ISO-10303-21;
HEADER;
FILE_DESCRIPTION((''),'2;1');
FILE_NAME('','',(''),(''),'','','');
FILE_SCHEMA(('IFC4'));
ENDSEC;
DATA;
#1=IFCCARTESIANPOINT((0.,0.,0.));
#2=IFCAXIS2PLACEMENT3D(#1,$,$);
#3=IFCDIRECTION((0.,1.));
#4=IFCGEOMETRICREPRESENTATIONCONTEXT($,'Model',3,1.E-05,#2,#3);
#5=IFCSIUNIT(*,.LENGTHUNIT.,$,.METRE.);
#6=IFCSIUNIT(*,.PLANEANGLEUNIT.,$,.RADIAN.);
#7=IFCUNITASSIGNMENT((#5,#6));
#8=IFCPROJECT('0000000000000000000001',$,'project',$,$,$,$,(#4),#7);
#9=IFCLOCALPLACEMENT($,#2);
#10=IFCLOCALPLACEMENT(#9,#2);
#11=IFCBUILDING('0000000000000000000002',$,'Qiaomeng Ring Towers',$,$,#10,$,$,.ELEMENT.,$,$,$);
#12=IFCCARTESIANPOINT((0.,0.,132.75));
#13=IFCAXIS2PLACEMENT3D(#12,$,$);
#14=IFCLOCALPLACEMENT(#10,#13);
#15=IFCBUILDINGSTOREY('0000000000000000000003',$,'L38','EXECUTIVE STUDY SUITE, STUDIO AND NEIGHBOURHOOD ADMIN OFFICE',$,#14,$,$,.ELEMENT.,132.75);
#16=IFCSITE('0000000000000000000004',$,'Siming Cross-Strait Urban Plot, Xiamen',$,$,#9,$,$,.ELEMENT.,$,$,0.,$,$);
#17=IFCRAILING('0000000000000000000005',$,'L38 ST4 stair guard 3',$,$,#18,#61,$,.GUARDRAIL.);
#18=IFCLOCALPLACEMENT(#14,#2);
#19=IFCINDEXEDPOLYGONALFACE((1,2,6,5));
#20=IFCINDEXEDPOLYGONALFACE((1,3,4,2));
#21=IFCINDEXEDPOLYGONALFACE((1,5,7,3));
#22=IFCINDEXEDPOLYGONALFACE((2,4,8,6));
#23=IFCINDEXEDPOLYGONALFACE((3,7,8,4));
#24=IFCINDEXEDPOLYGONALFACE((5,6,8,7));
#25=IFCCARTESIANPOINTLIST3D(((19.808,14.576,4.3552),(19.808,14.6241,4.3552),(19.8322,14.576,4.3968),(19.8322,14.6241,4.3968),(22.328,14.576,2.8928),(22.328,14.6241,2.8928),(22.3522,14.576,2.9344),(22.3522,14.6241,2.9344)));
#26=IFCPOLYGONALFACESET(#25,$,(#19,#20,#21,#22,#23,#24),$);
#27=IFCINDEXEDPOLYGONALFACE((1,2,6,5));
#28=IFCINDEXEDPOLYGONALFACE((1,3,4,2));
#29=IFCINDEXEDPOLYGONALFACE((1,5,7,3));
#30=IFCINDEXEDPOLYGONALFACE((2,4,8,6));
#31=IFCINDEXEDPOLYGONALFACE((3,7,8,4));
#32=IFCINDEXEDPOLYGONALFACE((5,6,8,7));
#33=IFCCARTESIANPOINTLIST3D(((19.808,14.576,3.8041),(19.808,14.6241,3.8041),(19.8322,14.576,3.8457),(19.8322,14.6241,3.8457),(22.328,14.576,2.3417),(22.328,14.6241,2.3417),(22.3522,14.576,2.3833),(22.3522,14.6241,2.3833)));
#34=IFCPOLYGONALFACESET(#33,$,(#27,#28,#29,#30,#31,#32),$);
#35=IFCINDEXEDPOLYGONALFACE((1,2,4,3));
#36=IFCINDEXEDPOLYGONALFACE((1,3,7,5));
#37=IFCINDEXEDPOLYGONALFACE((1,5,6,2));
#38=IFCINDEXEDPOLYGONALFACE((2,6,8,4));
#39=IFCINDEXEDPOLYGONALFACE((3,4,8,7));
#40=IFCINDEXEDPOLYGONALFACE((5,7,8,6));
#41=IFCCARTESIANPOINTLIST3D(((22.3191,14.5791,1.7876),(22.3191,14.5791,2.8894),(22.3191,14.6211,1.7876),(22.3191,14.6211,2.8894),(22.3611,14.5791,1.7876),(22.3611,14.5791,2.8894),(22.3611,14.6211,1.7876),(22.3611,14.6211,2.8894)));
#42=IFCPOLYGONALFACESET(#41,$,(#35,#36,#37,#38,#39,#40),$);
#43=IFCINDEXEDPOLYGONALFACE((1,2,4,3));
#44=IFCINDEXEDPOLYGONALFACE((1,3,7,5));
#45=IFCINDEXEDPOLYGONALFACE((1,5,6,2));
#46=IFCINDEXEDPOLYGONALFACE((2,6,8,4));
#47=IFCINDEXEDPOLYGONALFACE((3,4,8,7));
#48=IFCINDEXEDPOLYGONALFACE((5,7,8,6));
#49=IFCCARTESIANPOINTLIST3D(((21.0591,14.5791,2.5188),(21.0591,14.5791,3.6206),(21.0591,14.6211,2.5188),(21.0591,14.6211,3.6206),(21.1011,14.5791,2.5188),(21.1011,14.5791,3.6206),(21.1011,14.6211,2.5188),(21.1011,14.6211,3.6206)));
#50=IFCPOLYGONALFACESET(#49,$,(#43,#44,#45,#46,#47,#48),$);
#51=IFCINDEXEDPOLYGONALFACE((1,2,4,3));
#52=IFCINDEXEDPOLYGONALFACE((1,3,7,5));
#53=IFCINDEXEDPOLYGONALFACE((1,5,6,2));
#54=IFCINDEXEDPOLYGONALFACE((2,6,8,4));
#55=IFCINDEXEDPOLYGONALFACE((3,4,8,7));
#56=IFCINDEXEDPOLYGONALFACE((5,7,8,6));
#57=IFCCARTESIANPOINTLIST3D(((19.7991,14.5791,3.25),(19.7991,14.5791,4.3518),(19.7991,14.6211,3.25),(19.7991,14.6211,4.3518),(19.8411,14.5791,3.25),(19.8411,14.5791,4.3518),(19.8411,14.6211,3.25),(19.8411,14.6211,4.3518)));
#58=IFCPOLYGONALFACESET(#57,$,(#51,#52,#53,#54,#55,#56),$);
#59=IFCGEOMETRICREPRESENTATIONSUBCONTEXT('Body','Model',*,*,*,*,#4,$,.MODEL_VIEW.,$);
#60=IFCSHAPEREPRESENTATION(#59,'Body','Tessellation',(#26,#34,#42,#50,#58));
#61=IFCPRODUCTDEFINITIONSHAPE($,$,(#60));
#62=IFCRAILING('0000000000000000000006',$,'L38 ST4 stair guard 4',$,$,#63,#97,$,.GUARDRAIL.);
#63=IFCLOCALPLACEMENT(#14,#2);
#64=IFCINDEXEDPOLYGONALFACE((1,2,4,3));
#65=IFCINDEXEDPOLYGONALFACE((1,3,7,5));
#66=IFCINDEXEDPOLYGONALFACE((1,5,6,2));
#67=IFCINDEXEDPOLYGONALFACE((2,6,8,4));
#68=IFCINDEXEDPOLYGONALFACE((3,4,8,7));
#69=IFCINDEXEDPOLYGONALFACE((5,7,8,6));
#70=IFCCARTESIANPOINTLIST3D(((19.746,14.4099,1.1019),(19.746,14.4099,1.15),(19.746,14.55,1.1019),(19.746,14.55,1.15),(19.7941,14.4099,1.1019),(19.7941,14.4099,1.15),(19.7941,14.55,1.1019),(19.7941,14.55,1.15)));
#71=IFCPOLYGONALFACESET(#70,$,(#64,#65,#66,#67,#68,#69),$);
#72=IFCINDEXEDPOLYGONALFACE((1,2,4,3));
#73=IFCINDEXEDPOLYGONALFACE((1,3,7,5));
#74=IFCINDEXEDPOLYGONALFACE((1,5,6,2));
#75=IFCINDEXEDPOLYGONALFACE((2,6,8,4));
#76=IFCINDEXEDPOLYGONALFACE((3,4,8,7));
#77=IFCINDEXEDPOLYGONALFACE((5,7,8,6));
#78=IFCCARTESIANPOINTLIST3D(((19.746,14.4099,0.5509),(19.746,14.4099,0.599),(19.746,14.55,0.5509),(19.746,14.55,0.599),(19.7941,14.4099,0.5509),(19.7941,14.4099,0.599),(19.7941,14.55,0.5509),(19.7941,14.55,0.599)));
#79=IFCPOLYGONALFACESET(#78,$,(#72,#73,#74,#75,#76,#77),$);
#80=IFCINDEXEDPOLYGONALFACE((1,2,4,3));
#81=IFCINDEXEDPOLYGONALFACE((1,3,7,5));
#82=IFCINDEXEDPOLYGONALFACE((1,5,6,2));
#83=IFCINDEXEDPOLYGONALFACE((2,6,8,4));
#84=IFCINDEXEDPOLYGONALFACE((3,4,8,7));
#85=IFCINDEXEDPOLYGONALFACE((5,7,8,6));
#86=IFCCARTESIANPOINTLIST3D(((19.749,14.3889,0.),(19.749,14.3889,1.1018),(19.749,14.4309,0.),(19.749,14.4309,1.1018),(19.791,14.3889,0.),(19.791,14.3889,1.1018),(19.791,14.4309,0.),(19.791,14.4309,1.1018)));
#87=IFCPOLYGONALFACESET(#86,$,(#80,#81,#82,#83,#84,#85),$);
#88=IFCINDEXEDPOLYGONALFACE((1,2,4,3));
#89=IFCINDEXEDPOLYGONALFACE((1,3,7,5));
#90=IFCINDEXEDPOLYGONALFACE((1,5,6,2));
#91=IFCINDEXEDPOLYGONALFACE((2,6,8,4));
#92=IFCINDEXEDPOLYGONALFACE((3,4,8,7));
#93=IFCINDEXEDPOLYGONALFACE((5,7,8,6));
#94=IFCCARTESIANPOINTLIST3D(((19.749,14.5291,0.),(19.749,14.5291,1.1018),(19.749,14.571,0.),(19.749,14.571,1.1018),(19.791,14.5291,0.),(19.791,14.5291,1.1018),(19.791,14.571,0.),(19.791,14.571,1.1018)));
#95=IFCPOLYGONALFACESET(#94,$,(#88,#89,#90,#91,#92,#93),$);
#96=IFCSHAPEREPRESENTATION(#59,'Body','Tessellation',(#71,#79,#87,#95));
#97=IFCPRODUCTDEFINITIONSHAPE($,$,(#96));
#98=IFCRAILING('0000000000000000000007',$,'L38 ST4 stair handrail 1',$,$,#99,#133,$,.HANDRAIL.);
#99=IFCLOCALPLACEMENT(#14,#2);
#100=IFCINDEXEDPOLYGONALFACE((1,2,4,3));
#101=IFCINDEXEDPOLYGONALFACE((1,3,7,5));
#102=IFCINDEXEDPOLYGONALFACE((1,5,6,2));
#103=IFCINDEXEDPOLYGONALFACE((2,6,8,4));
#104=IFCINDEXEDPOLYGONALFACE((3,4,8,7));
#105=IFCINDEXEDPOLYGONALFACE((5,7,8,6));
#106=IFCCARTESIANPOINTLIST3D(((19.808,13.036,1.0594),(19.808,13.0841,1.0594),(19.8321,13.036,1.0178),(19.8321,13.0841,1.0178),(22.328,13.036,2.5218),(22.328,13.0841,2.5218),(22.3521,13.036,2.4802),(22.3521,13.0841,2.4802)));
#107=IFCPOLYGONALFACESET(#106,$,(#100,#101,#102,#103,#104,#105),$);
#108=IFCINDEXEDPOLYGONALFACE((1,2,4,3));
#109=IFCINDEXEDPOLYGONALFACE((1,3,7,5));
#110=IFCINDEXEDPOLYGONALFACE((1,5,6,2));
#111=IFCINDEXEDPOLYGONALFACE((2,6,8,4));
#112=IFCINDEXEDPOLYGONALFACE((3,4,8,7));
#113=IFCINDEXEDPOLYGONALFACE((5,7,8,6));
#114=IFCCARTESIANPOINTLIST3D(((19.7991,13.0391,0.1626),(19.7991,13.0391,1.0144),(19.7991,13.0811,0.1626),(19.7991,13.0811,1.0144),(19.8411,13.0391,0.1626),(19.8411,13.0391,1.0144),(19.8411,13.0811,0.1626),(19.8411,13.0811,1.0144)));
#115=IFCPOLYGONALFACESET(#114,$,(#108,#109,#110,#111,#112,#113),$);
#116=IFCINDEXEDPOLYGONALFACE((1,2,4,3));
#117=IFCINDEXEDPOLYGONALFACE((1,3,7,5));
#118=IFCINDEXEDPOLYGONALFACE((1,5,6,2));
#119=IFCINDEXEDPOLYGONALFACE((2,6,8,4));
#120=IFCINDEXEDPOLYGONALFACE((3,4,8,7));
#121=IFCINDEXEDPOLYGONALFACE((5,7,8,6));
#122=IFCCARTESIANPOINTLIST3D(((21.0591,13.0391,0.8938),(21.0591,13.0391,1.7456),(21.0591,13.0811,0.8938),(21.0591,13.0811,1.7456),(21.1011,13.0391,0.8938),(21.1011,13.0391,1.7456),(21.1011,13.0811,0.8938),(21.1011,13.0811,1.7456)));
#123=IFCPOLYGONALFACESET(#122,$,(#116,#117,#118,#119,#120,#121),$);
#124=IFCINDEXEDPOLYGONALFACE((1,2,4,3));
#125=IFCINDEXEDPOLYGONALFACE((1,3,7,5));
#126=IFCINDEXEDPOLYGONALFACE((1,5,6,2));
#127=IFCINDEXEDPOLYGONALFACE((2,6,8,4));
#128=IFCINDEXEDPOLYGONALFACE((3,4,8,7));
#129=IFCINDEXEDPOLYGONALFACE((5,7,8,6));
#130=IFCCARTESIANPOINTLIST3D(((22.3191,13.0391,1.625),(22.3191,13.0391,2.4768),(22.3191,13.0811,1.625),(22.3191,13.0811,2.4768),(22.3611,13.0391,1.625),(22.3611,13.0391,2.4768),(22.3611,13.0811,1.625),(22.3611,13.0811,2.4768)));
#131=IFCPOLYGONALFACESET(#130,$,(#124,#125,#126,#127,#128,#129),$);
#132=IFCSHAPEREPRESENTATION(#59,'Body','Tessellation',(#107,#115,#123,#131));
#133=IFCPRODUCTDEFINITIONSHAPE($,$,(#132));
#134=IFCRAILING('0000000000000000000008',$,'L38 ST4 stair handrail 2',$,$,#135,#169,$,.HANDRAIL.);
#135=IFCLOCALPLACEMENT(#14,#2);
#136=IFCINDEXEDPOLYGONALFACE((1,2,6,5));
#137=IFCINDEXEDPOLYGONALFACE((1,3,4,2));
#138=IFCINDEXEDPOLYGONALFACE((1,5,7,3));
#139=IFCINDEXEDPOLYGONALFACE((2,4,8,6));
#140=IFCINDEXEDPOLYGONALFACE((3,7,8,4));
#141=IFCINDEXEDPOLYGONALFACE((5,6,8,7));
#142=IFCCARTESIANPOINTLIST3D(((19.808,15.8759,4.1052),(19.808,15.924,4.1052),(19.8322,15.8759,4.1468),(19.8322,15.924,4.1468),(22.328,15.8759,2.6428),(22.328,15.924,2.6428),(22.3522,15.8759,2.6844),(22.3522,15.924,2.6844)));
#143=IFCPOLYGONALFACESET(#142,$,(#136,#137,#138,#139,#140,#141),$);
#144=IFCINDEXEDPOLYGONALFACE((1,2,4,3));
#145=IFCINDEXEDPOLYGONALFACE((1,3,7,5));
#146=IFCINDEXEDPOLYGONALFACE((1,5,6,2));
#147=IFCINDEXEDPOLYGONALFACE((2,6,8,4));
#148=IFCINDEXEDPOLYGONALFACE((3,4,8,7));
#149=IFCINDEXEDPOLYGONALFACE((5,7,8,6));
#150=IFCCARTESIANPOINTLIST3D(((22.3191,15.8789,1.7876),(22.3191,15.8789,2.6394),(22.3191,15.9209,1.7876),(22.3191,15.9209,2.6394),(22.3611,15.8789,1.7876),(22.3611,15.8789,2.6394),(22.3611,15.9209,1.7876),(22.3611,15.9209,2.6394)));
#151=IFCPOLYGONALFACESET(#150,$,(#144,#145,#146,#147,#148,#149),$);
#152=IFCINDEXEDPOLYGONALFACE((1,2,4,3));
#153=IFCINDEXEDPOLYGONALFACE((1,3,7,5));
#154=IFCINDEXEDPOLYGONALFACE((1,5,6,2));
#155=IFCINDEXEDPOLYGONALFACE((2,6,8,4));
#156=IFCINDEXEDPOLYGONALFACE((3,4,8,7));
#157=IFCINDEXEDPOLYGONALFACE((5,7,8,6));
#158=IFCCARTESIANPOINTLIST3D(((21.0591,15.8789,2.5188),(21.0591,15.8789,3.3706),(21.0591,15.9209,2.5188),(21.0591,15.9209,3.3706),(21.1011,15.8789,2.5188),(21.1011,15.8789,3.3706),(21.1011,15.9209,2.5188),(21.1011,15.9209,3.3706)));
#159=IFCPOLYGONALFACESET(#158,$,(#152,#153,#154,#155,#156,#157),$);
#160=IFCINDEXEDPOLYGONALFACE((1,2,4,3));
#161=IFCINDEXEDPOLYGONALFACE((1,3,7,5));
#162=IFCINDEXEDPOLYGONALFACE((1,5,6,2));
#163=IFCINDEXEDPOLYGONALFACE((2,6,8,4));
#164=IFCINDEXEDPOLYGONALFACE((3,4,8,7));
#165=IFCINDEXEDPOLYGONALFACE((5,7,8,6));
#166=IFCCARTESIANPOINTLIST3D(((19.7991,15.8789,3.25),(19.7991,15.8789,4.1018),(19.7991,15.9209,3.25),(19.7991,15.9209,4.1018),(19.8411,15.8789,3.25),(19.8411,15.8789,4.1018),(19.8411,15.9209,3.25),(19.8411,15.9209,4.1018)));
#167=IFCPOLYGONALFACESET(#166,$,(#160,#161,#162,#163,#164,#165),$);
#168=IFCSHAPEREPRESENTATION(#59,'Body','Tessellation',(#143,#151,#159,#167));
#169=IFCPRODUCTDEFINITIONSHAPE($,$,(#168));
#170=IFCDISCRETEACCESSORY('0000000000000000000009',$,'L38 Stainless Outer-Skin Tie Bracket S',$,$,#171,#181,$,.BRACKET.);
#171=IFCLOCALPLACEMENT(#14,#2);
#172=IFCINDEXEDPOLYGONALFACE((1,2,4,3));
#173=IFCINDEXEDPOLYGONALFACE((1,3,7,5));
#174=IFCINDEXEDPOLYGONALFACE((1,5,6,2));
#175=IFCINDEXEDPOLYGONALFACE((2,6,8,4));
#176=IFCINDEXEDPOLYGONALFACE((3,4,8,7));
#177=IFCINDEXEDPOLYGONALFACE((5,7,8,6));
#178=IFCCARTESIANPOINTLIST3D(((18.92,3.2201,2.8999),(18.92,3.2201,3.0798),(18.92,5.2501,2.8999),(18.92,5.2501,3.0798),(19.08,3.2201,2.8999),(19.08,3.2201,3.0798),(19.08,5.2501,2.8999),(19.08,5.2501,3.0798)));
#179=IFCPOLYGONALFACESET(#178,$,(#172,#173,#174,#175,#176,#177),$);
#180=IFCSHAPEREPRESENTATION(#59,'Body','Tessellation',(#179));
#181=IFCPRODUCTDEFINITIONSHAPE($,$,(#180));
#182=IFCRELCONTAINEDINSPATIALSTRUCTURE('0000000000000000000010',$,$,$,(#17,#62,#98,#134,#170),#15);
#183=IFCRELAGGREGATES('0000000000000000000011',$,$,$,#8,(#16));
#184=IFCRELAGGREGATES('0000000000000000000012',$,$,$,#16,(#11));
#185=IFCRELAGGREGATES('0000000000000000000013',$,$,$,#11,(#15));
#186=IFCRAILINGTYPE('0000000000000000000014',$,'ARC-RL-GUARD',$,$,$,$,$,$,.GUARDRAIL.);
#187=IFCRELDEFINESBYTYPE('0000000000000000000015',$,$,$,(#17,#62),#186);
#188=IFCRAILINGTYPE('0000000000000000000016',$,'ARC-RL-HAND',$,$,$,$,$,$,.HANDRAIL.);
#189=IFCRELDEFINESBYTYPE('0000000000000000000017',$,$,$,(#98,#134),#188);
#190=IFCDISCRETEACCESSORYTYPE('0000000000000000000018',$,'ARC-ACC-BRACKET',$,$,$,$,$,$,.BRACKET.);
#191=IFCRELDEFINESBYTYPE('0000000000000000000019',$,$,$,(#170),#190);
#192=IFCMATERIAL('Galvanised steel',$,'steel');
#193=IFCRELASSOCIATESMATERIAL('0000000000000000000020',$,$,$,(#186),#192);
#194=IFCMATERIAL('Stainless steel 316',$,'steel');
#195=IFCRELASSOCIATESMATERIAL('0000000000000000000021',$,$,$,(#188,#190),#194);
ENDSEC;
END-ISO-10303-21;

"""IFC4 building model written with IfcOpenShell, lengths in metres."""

from ifc_helpers import new_model, si_unit, direction, frame, origin, origin_2d, place, context, subcontext, project, spatial, rectangle, extrude, source, transform, mapped, material, type_object, element, save


model = new_model("IFC4")

# Units and contexts
model_context = context("Model", 3, precision=1e-05, world=origin(), true_north=direction((0.0, 1.0)))
body_context = subcontext(model_context, "Body", "Model", "MODEL_VIEW")
ifc_project = project(units=[si_unit("LENGTHUNIT", "METRE"), si_unit("PLANEANGLEUNIT", "RADIAN")], contexts=[model_context])

# Site, building, storey
site_placement = place(None, origin())
site = spatial("IfcSite", under=ifc_project, at=site_placement, Name="Siming Cross-Strait Urban Plot, Xiamen", CompositionType="ELEMENT", RefElevation=0.0)
building_placement = place(site_placement, origin())
building = spatial("IfcBuilding", under=site, at=building_placement, Name="Qiaomeng Ring Towers", CompositionType="ELEMENT")
storey_placement = place(building_placement, frame((0.0, 0.0, 132.75)))
storey = spatial("IfcBuildingStorey", under=building, at=storey_placement, Name="L38", Description="EXECUTIVE STUDY SUITE, STUDIO AND NEIGHBOURHOOD ADMIN OFFICE", CompositionType="ELEMENT", Elevation=132.75)

# Shared definitions
ifc_material_1 = material(Name="Galvanised steel", Category="steel")

# Railings
railing_type_1 = type_object("IfcRailingType", Name="ARC-RL-GUARD", PredefinedType="GUARDRAIL", material=ifc_material_1)
railing_1_placement = place(storey_placement, frame((22.3401, 14.6001, 1.7876)))
element("IfcRailing", 1, at=railing_1_placement, inside=storey, type_object=railing_type_1, Name="L38 ST4 stair guard 3", PredefinedType="GUARDRAIL", context=body_context, shape_type="SweptSolid", body=[
    extrude(rectangle(XDim=0.0481, YDim=0.0481, at=origin_2d()), frame((0.0, 0.0, 1.126), z_axis=(-0.864913, 0.0, 0.501921), x_axis=(0.0, -1.0, 0.0)), (0.0, 0.0, 1.0), 2.9136),
    extrude(rectangle(XDim=0.0481, YDim=0.0481, at=origin_2d()), frame((0.0, 0.0, 0.575), z_axis=(-0.864913, 0.0, 0.501921), x_axis=(0.0, -1.0, 0.0)), (0.0, 0.0, 1.0), 2.9136),
    extrude(rectangle(XDim=0.042, YDim=0.042, at=origin_2d()), origin(), (0.0, 0.0, 1.0), 1.1018),
    extrude(rectangle(XDim=0.042, YDim=0.042, at=origin_2d()), frame((-1.26, 0.0, 0.7312)), (0.0, 0.0, 1.0), 1.1018),
    extrude(rectangle(XDim=0.042, YDim=0.042, at=origin_2d()), frame((-2.52, 0.0, 1.4624)), (0.0, 0.0, 1.0), 1.1018),
])
railing_2_placement = place(storey_placement, frame((19.77, 14.4099, 0.0)))
element("IfcRailing", 2, at=railing_2_placement, inside=storey, type_object=railing_type_1, Name="L38 ST4 stair guard 4", PredefinedType="GUARDRAIL", context=body_context, shape_type="SweptSolid", body=[
    extrude(rectangle(XDim=0.0481, YDim=0.0481, at=origin_2d()), frame((0.0, 0.0, 1.126), z_axis=(0.0, 1.0, 0.0), x_axis=(-1.0, 0.0, 0.0)), (0.0, 0.0, 1.0), 0.1401),
    extrude(rectangle(XDim=0.0481, YDim=0.0481, at=origin_2d()), frame((0.0, 0.0, 0.575), z_axis=(0.0, 1.0, 0.0), x_axis=(-1.0, 0.0, 0.0)), (0.0, 0.0, 1.0), 0.1401),
    extrude(rectangle(XDim=0.042, YDim=0.042, at=origin_2d()), origin(), (0.0, 0.0, 1.0), 1.1018),
    extrude(rectangle(XDim=0.042, YDim=0.042, at=origin_2d()), frame((0.0, 0.1401, 0.0)), (0.0, 0.0, 1.0), 1.1018),
])
ifc_material_2 = material(Name="Stainless steel 316", Category="steel")
railing_type_2 = type_object("IfcRailingType", Name="ARC-RL-HAND", PredefinedType="HANDRAIL", material=ifc_material_2)
railing_3_placement = place(storey_placement, frame((19.8201, 13.0601, 0.1626)))
element("IfcRailing", 3, at=railing_3_placement, inside=storey, type_object=railing_type_2, Name="L38 ST4 stair handrail 1", PredefinedType="HANDRAIL", context=body_context, shape_type="SweptSolid", body=[
    extrude(rectangle(XDim=0.0481, YDim=0.0481, at=origin_2d()), frame((0.0, 0.0, 0.876), z_axis=(0.864913, 0.0, 0.501921), x_axis=(0.0, 1.0, 0.0)), (0.0, 0.0, 1.0), 2.9136),
    extrude(rectangle(XDim=0.042, YDim=0.042, at=origin_2d()), origin(), (0.0, 0.0, 1.0), 0.8518),
    extrude(rectangle(XDim=0.042, YDim=0.042, at=origin_2d()), frame((1.26, 0.0, 0.7312)), (0.0, 0.0, 1.0), 0.8518),
    extrude(rectangle(XDim=0.042, YDim=0.042, at=origin_2d()), frame((2.52, 0.0, 1.4624)), (0.0, 0.0, 1.0), 0.8518),
])
railing_4_placement = place(storey_placement, frame((22.3401, 15.8999, 1.7876)))
element("IfcRailing", 4, at=railing_4_placement, inside=storey, type_object=railing_type_2, Name="L38 ST4 stair handrail 2", PredefinedType="HANDRAIL", context=body_context, shape_type="SweptSolid", body=[
    extrude(rectangle(XDim=0.0481, YDim=0.0481, at=origin_2d()), frame((0.0, 0.0, 0.876), z_axis=(-0.864913, 0.0, 0.501921), x_axis=(0.0, -1.0, 0.0)), (0.0, 0.0, 1.0), 2.9136),
    extrude(rectangle(XDim=0.042, YDim=0.042, at=origin_2d()), origin(), (0.0, 0.0, 1.0), 0.8518),
    extrude(rectangle(XDim=0.042, YDim=0.042, at=origin_2d()), frame((-1.26, 0.0, 0.7312)), (0.0, 0.0, 1.0), 0.8518),
    extrude(rectangle(XDim=0.042, YDim=0.042, at=origin_2d()), frame((-2.52, 0.0, 1.4624)), (0.0, 0.0, 1.0), 0.8518),
])

# Discrete accessory
discrete_accessory_type = type_object("IfcDiscreteAccessoryType", Name="ARC-ACC-BRACKET", PredefinedType="BRACKET", material=ifc_material_2)
shared_shape_1 = source(origin(), body_context, "Body", "SweptSolid", [
    extrude(rectangle(XDim=0.1599, YDim=2.03, at=origin_2d()), origin(), (0.0, 0.0, 1.0), 0.1799),
])
discrete_accessory_placement = place(storey_placement, frame((19.0, 4.2351, 2.8999), z_axis=(0.0, 0.0, 1.0), x_axis=(1.0, 0.0, 0.0)))
element("IfcDiscreteAccessory", 5, at=discrete_accessory_placement, inside=storey, type_object=discrete_accessory_type, Name="L38 Stainless Outer-Skin Tie Bracket S", PredefinedType="BRACKET", context=body_context, shape_type="MappedRepresentation", body=[
    mapped(shared_shape_1, transform((0.0, 0.0, 0.0), x_axis=(1.0, 0.0, 0.0), y_axis=(0.0, 1.0, 0.0), z_axis=(0.0, 0.0, 1.0), scale=1.0)),
])

save(model, "model.ifc")
